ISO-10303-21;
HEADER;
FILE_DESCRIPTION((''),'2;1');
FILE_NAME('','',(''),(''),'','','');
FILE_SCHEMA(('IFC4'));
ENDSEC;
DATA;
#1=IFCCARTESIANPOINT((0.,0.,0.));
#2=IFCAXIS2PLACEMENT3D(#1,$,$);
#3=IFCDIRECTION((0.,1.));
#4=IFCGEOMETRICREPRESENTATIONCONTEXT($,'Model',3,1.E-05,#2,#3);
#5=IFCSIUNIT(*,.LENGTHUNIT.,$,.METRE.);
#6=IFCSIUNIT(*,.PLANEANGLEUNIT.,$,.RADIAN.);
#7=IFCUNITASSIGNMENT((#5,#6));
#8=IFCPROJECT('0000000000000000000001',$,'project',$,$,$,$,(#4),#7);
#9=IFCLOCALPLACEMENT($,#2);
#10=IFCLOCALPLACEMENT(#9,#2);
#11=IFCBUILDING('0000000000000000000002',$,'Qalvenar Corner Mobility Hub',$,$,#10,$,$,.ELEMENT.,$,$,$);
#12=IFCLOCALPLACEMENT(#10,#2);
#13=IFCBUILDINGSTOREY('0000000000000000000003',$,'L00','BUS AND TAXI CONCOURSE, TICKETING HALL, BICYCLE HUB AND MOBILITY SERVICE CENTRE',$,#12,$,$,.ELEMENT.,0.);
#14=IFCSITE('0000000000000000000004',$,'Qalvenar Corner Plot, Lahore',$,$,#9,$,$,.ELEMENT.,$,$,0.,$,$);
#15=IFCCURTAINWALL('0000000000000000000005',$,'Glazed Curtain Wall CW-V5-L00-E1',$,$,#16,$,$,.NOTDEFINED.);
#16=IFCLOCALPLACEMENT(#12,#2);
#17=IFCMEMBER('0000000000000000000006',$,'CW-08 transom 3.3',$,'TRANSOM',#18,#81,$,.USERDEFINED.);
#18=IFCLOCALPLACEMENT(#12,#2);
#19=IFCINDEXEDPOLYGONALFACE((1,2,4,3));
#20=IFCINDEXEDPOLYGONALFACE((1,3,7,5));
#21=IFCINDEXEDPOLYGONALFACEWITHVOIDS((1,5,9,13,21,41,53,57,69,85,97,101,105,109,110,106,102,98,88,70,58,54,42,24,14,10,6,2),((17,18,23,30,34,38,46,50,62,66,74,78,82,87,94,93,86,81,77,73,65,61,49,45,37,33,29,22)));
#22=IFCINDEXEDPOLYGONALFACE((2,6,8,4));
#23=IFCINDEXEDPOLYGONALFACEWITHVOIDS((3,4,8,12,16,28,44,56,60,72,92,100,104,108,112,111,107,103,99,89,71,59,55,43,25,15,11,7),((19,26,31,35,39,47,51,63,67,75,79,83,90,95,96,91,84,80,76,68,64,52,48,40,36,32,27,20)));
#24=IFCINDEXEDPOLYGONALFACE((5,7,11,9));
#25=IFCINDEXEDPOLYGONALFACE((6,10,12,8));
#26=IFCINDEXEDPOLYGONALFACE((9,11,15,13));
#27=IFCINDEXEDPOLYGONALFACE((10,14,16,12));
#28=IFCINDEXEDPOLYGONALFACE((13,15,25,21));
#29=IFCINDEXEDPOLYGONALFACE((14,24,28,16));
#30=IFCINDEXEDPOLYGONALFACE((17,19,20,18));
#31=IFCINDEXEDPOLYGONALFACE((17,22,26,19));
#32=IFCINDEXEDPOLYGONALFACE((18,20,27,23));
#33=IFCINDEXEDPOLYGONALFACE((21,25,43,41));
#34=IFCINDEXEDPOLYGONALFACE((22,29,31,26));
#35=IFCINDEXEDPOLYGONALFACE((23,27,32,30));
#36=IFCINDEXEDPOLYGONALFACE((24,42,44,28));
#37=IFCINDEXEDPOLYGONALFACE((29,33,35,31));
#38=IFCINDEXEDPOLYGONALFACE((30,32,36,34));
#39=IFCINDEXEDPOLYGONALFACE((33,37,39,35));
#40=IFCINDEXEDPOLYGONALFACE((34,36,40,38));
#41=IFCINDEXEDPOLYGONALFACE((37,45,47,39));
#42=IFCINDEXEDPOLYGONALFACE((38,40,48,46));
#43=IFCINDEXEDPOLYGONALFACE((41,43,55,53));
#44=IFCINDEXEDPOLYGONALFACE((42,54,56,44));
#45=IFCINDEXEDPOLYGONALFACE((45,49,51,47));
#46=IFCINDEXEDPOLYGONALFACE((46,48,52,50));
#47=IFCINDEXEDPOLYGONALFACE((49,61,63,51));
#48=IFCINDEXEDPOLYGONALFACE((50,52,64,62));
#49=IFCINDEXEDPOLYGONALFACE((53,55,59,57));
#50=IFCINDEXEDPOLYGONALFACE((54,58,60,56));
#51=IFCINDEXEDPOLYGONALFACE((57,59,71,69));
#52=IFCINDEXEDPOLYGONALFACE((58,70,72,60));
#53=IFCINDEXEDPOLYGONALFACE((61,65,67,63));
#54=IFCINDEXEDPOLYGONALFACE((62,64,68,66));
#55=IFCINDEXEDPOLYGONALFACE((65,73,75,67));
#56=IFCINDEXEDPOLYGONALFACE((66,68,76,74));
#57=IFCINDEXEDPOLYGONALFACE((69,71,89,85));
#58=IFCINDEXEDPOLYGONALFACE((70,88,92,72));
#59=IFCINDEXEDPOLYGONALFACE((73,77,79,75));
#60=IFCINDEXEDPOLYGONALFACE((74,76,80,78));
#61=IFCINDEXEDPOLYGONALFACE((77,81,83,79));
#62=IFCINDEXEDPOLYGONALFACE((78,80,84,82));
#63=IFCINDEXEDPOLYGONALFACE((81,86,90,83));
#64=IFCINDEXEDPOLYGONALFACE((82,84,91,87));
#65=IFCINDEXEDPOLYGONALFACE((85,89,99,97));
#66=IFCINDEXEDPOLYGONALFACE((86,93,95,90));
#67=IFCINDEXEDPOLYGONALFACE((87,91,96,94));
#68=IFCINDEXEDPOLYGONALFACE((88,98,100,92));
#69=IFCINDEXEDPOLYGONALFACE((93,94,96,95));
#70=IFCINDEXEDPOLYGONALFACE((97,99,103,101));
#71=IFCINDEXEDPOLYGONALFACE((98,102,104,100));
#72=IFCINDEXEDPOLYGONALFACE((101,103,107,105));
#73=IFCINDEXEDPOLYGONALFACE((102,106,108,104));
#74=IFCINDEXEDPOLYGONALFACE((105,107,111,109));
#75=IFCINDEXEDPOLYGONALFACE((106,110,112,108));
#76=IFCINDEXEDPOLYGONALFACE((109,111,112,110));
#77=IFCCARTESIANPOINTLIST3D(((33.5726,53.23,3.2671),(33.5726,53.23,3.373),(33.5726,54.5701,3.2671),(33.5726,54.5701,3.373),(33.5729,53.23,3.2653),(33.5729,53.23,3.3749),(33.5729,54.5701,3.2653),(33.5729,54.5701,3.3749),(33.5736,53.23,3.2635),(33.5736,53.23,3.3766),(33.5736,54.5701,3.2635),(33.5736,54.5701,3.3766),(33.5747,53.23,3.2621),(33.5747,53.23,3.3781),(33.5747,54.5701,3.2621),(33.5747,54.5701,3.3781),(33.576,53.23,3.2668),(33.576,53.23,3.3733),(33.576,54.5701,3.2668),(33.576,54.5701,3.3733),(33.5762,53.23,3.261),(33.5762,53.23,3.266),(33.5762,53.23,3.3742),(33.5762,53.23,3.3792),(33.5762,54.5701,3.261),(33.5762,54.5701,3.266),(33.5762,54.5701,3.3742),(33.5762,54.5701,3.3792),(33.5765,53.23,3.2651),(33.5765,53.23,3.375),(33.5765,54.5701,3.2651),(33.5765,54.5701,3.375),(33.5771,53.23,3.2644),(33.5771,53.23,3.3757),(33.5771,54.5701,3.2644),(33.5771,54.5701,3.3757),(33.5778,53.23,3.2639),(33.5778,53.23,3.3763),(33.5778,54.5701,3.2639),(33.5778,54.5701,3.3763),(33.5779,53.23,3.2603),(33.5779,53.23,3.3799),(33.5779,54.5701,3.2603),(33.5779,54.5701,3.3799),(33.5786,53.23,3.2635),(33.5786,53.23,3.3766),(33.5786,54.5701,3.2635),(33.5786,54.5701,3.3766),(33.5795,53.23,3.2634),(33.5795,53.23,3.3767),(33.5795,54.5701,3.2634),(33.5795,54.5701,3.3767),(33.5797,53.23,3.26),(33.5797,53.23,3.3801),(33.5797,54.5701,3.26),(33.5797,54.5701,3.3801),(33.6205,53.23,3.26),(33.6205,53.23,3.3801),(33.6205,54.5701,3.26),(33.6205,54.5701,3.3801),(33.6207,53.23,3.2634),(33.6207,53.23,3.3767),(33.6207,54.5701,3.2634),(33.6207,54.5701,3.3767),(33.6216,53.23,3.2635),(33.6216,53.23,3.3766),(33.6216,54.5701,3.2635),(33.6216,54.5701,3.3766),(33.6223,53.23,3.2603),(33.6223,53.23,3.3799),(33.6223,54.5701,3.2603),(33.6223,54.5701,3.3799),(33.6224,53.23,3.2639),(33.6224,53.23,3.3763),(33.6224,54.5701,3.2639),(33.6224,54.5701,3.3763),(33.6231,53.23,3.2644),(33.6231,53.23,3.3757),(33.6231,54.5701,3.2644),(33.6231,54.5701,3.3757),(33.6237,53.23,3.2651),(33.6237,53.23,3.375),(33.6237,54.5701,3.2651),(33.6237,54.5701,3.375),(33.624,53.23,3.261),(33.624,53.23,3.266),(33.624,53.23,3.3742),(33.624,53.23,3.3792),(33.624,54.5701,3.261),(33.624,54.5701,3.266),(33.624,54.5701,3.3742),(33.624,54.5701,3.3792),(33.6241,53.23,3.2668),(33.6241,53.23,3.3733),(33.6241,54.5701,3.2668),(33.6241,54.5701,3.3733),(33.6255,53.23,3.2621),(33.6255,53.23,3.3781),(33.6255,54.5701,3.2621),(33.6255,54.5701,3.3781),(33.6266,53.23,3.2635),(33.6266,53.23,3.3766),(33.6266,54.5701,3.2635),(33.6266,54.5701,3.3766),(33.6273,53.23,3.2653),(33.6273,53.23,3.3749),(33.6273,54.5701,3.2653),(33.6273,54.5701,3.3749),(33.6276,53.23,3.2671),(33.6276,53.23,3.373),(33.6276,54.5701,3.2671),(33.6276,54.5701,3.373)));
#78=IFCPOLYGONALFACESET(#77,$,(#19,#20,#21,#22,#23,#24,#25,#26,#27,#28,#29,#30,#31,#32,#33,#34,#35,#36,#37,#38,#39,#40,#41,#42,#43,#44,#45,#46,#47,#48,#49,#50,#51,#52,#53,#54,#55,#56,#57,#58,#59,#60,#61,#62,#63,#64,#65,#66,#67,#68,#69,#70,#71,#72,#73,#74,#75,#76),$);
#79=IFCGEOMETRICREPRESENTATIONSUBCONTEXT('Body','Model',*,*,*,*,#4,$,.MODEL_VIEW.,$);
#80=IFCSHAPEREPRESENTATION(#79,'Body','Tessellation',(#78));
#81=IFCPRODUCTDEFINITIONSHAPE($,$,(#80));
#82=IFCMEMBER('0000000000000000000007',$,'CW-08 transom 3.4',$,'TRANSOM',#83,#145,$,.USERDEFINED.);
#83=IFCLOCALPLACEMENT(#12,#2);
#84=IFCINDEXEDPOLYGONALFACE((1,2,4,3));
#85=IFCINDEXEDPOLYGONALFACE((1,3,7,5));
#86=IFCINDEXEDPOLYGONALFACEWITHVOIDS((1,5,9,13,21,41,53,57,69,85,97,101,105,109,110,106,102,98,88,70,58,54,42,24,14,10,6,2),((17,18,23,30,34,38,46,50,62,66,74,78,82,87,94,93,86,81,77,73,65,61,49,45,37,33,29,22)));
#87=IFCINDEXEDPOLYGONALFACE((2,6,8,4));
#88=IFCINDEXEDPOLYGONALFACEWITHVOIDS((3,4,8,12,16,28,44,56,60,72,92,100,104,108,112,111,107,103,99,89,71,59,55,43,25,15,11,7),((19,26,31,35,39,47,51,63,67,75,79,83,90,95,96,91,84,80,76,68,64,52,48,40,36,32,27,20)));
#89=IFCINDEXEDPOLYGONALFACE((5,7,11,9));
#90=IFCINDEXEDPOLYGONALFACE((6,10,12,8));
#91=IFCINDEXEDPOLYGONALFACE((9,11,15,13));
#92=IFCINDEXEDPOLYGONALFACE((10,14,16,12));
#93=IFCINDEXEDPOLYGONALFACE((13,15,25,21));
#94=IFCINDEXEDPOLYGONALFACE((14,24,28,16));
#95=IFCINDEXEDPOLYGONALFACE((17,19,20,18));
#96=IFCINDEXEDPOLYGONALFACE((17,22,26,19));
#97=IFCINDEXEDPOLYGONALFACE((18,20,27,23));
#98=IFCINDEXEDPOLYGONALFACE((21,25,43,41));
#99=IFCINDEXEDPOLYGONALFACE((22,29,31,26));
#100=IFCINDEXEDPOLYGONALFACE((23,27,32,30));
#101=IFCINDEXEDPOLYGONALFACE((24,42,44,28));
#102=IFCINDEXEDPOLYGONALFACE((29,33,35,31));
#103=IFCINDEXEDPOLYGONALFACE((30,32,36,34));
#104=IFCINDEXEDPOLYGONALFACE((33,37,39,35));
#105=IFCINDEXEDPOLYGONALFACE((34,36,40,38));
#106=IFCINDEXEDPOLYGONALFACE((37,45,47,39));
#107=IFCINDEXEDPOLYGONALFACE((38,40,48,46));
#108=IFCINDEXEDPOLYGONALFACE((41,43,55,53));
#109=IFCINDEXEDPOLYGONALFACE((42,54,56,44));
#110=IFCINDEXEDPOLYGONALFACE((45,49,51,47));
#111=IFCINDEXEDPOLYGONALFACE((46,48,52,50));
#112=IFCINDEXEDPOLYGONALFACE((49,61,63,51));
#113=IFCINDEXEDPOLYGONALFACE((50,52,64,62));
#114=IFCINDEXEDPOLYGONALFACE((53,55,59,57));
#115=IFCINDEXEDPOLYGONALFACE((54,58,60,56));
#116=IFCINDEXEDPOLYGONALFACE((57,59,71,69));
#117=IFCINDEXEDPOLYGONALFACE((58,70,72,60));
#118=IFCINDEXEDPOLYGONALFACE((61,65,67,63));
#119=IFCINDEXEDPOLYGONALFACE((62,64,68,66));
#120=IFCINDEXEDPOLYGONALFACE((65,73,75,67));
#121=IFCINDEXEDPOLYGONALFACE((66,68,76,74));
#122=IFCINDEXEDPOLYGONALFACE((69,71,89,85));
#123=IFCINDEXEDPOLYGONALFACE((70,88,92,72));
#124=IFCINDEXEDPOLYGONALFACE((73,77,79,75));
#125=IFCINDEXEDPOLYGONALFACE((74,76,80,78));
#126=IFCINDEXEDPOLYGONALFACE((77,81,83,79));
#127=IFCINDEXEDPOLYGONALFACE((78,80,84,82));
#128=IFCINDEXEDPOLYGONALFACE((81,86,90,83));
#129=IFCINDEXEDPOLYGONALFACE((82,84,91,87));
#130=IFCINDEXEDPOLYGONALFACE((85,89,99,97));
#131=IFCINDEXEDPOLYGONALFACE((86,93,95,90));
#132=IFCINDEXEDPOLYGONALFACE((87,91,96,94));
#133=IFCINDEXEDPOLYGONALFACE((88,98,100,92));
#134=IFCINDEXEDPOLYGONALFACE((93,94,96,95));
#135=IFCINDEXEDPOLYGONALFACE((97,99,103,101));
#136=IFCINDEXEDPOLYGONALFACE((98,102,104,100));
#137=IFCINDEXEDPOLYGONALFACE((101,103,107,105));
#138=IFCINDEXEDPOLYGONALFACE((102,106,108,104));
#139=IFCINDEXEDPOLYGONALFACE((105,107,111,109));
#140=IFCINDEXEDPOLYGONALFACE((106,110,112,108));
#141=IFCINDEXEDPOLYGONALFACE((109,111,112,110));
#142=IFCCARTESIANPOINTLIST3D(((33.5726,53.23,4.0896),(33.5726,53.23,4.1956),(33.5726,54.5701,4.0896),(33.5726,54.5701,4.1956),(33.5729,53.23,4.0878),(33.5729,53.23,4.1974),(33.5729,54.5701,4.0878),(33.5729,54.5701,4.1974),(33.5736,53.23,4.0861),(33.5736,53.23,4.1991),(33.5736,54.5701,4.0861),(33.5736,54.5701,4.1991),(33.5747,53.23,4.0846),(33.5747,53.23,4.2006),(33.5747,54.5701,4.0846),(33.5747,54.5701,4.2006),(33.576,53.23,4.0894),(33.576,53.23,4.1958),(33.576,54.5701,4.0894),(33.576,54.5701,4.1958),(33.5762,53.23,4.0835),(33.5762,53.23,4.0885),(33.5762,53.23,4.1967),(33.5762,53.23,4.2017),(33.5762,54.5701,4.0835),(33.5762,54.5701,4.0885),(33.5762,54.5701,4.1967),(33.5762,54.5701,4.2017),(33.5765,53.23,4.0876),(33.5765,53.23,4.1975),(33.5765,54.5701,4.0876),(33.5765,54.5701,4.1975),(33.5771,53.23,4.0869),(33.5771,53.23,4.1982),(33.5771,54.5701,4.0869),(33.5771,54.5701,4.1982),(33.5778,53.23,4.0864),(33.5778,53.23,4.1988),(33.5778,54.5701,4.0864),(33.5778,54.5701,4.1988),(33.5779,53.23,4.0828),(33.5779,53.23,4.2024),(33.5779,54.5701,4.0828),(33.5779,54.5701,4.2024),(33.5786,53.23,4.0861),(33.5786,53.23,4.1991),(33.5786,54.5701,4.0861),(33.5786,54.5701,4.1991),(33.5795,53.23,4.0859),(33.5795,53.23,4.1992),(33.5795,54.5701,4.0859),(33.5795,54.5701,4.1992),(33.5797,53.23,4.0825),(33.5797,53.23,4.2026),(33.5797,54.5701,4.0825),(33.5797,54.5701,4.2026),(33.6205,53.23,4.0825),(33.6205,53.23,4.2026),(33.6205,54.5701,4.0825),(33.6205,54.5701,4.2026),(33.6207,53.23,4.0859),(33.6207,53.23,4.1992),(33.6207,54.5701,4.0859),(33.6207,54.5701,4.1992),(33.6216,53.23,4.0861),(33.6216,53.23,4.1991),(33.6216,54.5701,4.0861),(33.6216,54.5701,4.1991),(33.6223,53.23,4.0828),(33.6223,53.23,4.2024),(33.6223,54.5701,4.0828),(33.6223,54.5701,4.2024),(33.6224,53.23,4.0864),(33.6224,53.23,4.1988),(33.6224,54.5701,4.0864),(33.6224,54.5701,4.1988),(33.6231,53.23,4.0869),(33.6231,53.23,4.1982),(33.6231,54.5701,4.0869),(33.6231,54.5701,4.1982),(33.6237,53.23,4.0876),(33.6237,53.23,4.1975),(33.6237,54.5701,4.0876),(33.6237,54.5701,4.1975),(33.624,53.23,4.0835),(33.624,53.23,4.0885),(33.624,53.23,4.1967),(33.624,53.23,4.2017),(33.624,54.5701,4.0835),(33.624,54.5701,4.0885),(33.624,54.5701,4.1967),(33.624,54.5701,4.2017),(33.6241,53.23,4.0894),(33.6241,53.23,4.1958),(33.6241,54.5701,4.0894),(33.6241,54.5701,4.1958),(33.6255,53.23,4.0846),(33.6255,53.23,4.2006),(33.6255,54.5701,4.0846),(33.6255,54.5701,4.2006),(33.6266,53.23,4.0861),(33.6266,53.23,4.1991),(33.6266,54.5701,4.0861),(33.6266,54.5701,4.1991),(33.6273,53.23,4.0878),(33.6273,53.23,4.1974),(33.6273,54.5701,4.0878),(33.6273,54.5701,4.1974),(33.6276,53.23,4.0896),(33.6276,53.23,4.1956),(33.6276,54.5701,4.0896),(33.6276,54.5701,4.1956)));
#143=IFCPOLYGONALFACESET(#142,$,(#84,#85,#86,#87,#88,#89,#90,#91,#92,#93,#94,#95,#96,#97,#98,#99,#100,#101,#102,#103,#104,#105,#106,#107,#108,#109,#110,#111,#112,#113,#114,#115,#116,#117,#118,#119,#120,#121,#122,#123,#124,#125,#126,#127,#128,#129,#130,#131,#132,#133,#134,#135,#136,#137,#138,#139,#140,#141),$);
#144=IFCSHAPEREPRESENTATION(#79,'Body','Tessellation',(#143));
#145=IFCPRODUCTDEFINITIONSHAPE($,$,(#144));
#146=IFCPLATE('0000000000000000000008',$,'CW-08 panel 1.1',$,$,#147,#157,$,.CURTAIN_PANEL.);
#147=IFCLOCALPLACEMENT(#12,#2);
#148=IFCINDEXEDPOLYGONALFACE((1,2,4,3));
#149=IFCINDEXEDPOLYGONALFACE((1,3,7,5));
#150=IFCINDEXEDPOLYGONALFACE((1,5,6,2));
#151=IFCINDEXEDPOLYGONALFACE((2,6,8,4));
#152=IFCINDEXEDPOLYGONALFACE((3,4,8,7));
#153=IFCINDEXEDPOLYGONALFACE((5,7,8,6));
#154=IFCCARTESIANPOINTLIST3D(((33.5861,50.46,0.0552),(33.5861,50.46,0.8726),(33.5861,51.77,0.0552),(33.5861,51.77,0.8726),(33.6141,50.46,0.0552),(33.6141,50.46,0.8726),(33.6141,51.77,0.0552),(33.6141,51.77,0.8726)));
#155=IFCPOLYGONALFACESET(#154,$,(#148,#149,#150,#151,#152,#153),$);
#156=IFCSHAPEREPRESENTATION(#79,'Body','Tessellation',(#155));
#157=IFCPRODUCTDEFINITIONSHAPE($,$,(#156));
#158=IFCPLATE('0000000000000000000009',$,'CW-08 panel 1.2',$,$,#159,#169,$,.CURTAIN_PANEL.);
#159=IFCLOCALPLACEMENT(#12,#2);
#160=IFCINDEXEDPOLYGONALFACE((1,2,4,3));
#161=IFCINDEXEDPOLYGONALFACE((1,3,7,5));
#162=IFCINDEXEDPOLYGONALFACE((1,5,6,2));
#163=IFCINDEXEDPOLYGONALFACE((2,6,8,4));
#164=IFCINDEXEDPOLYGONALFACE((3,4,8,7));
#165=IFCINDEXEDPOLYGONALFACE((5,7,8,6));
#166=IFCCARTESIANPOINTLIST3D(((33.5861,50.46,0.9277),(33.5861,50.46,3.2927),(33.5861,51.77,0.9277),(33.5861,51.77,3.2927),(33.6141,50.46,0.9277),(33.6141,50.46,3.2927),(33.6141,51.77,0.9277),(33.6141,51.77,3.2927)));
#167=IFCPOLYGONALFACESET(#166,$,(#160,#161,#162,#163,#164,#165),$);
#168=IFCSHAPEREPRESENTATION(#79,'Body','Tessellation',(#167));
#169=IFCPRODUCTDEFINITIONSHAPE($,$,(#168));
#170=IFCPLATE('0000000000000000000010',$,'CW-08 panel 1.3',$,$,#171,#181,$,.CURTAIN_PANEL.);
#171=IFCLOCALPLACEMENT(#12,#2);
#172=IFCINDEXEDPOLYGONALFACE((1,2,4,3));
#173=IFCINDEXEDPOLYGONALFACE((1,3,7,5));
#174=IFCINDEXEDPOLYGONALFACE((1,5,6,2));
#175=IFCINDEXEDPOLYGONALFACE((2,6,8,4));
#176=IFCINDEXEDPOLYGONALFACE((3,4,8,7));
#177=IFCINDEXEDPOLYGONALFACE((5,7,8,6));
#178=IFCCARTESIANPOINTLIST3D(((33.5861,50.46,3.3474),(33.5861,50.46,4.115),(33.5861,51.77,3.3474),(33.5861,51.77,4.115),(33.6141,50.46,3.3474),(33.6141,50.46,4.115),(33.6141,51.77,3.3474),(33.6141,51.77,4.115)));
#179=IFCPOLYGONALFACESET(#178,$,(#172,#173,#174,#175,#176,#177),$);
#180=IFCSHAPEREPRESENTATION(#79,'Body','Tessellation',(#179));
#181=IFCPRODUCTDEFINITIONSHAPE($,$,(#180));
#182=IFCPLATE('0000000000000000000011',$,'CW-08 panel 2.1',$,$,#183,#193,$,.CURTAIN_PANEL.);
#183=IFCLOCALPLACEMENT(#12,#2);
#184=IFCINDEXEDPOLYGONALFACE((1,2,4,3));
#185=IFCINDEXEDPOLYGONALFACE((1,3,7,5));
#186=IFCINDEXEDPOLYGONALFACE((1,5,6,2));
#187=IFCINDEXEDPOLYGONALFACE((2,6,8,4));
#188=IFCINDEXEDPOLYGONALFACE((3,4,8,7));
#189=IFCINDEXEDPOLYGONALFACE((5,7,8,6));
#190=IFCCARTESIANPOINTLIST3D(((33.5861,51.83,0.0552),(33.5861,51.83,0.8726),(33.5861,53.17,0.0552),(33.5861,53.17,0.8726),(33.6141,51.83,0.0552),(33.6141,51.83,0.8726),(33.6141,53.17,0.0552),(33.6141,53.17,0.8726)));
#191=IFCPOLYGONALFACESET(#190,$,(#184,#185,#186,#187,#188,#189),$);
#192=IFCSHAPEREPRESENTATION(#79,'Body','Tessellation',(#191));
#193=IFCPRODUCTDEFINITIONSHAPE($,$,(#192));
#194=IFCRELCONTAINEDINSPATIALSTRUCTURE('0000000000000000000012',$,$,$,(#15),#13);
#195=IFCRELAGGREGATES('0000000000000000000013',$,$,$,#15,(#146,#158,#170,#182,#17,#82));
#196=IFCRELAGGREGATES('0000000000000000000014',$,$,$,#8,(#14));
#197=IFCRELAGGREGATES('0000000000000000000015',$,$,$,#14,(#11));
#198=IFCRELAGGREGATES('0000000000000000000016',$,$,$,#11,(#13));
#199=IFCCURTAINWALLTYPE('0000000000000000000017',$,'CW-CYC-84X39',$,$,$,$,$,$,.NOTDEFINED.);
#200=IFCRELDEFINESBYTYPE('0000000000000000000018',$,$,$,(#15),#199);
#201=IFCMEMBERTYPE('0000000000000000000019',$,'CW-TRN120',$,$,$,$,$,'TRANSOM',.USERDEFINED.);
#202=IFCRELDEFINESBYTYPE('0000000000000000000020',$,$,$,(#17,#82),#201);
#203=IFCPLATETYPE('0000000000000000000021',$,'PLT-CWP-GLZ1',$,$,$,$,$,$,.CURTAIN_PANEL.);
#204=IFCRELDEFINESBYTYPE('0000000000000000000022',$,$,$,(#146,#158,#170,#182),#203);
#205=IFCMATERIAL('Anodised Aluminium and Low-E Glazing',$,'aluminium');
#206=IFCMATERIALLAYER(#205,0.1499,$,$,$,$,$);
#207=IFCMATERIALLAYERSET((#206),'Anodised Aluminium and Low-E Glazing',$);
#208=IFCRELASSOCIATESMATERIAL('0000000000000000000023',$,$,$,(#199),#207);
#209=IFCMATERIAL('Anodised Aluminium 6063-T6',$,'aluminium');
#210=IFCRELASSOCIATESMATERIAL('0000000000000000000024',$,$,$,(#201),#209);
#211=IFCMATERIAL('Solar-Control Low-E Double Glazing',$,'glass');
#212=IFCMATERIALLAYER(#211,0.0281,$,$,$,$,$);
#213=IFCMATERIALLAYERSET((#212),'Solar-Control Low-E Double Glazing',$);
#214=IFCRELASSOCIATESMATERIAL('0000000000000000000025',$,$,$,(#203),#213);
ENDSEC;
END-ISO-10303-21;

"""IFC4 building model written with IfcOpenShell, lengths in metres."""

from ifc_helpers import new_model, si_unit, direction, frame, origin, origin_2d, place, context, subcontext, project, spatial, rectangle, hollow_rectangle, extrude, material, layer, layer_set, material_profile, profile_set, type_object, element, aggregate, save


model = new_model("IFC4")

# Units and contexts
model_context = context("Model", 3, precision=1e-05, world=origin(), true_north=direction((0.0, 1.0)))
body_context = subcontext(model_context, "Body", "Model", "MODEL_VIEW")
ifc_project = project(units=[si_unit("LENGTHUNIT", "METRE"), si_unit("PLANEANGLEUNIT", "RADIAN")], contexts=[model_context])

# Site, building, storey
site_placement = place(None, origin())
site = spatial("IfcSite", under=ifc_project, at=site_placement, Name="Qalvenar Corner Plot, Lahore", CompositionType="ELEMENT", RefElevation=0.0)
building_placement = place(site_placement, origin())
building = spatial("IfcBuilding", under=site, at=building_placement, Name="Qalvenar Corner Mobility Hub", CompositionType="ELEMENT")
storey_placement = place(building_placement, origin())
storey = spatial("IfcBuildingStorey", under=building, at=storey_placement, Name="L00", Description="BUS AND TAXI CONCOURSE, TICKETING HALL, BICYCLE HUB AND MOBILITY SERVICE CENTRE", CompositionType="ELEMENT", Elevation=0.0)

# Curtain wall, members, plates
ifc_material_1 = material(Name="Anodised Aluminium and Low-E Glazing", Category="aluminium")
ifc_layer_1 = layer(ifc_material_1, 0.1499)
ifc_layer_set_1 = layer_set([ifc_layer_1], Name="Anodised Aluminium and Low-E Glazing")
curtain_wall_type = type_object("IfcCurtainWallType", Name="CW-CYC-84X39", PredefinedType="NOTDEFINED", material=ifc_layer_set_1)
curtain_wall_placement = place(storey_placement, origin())
curtain_wall = element("IfcCurtainWall", 1, at=curtain_wall_placement, inside=storey, type_object=curtain_wall_type, Name="Glazed Curtain Wall CW-V5-L00-E1", PredefinedType="NOTDEFINED")
ifc_material_2 = material(Name="Anodised Aluminium 6063-T6", Category="aluminium")
ifc_material_profile_1 = material_profile(ifc_material_2, hollow_rectangle(XDim=0.0549, YDim=0.1201, WallThickness=0.0034, InnerFilletRadius=0.0034, OuterFilletRadius=0.0071, at=origin_2d()), Name="RHS120x55x3.5")
ifc_profile_set_1 = profile_set([ifc_material_profile_1], Name="Anodised Aluminium 6063-T6")
member_type_1 = type_object("IfcMemberType", Name="CW-TRN120", ElementType="TRANSOM", PredefinedType="USERDEFINED", material=ifc_profile_set_1)
member_1_placement = place(storey_placement, frame((33.6001, 53.23, 3.3201), z_axis=(0.0, 1.0, 0.0), x_axis=(-1.0, 0.0, 0.0)))
member_1 = element("IfcMember", 2, at=member_1_placement, type_object=member_type_1, Name="CW-08 transom 3.3", ObjectType="TRANSOM", PredefinedType="USERDEFINED", context=body_context, shape_type="SweptSolid", body=[
    extrude(hollow_rectangle(XDim=0.0549, YDim=0.1201, WallThickness=0.0034, InnerFilletRadius=0.0034, OuterFilletRadius=0.0071, at=origin_2d()), origin(), (0.0, 0.0, 1.0), 1.3401),
])
member_2_placement = place(storey_placement, frame((33.6001, 53.23, 4.1426), z_axis=(0.0, 1.0, 0.0), x_axis=(-1.0, 0.0, 0.0)))
member_2 = element("IfcMember", 3, at=member_2_placement, type_object=member_type_1, Name="CW-08 transom 3.4", ObjectType="TRANSOM", PredefinedType="USERDEFINED", context=body_context, shape_type="SweptSolid", body=[
    extrude(hollow_rectangle(XDim=0.0549, YDim=0.1201, WallThickness=0.0034, InnerFilletRadius=0.0034, OuterFilletRadius=0.0071, at=origin_2d()), origin(), (0.0, 0.0, 1.0), 1.3401),
])
ifc_material_3 = material(Name="Solar-Control Low-E Double Glazing", Category="glass")
ifc_layer_2 = layer(ifc_material_3, 0.0281)
ifc_layer_set_2 = layer_set([ifc_layer_2], Name="Solar-Control Low-E Double Glazing")
plate_type = type_object("IfcPlateType", Name="PLT-CWP-GLZ1", PredefinedType="CURTAIN_PANEL", material=ifc_layer_set_2)
plate_1_placement = place(storey_placement, frame((33.6001, 51.115, 0.0552), z_axis=(0.0, 0.0, 1.0), x_axis=(0.0, 1.0, 0.0)))
plate_1 = element("IfcPlate", 4, at=plate_1_placement, type_object=plate_type, Name="CW-08 panel 1.1", PredefinedType="CURTAIN_PANEL", context=body_context, shape_type="SweptSolid", body=[
    extrude(rectangle(XDim=1.3101, YDim=0.0281, at=origin_2d()), origin(), (0.0, 0.0, 1.0), 0.8174),
])
plate_2_placement = place(storey_placement, frame((33.6001, 51.115, 0.9277), z_axis=(0.0, 0.0, 1.0), x_axis=(0.0, 1.0, 0.0)))
plate_2 = element("IfcPlate", 5, at=plate_2_placement, type_object=plate_type, Name="CW-08 panel 1.2", PredefinedType="CURTAIN_PANEL", context=body_context, shape_type="SweptSolid", body=[
    extrude(rectangle(XDim=1.3101, YDim=0.0281, at=origin_2d()), origin(), (0.0, 0.0, 1.0), 2.365),
])
plate_3_placement = place(storey_placement, frame((33.6001, 51.115, 3.3474), z_axis=(0.0, 0.0, 1.0), x_axis=(0.0, 1.0, 0.0)))
plate_3 = element("IfcPlate", 6, at=plate_3_placement, type_object=plate_type, Name="CW-08 panel 1.3", PredefinedType="CURTAIN_PANEL", context=body_context, shape_type="SweptSolid", body=[
    extrude(rectangle(XDim=1.3101, YDim=0.0281, at=origin_2d()), origin(), (0.0, 0.0, 1.0), 0.7676),
])
plate_4_placement = place(storey_placement, frame((33.6001, 52.5, 0.0552), z_axis=(0.0, 0.0, 1.0), x_axis=(0.0, 1.0, 0.0)))
plate_4 = element("IfcPlate", 7, at=plate_4_placement, type_object=plate_type, Name="CW-08 panel 2.1", PredefinedType="CURTAIN_PANEL", context=body_context, shape_type="SweptSolid", body=[
    extrude(rectangle(XDim=1.3401, YDim=0.0281, at=origin_2d()), origin(), (0.0, 0.0, 1.0), 0.8174),
])
aggregate(curtain_wall, [plate_1, plate_2, plate_3, plate_4, member_1, member_2])

save(model, "model.ifc")
